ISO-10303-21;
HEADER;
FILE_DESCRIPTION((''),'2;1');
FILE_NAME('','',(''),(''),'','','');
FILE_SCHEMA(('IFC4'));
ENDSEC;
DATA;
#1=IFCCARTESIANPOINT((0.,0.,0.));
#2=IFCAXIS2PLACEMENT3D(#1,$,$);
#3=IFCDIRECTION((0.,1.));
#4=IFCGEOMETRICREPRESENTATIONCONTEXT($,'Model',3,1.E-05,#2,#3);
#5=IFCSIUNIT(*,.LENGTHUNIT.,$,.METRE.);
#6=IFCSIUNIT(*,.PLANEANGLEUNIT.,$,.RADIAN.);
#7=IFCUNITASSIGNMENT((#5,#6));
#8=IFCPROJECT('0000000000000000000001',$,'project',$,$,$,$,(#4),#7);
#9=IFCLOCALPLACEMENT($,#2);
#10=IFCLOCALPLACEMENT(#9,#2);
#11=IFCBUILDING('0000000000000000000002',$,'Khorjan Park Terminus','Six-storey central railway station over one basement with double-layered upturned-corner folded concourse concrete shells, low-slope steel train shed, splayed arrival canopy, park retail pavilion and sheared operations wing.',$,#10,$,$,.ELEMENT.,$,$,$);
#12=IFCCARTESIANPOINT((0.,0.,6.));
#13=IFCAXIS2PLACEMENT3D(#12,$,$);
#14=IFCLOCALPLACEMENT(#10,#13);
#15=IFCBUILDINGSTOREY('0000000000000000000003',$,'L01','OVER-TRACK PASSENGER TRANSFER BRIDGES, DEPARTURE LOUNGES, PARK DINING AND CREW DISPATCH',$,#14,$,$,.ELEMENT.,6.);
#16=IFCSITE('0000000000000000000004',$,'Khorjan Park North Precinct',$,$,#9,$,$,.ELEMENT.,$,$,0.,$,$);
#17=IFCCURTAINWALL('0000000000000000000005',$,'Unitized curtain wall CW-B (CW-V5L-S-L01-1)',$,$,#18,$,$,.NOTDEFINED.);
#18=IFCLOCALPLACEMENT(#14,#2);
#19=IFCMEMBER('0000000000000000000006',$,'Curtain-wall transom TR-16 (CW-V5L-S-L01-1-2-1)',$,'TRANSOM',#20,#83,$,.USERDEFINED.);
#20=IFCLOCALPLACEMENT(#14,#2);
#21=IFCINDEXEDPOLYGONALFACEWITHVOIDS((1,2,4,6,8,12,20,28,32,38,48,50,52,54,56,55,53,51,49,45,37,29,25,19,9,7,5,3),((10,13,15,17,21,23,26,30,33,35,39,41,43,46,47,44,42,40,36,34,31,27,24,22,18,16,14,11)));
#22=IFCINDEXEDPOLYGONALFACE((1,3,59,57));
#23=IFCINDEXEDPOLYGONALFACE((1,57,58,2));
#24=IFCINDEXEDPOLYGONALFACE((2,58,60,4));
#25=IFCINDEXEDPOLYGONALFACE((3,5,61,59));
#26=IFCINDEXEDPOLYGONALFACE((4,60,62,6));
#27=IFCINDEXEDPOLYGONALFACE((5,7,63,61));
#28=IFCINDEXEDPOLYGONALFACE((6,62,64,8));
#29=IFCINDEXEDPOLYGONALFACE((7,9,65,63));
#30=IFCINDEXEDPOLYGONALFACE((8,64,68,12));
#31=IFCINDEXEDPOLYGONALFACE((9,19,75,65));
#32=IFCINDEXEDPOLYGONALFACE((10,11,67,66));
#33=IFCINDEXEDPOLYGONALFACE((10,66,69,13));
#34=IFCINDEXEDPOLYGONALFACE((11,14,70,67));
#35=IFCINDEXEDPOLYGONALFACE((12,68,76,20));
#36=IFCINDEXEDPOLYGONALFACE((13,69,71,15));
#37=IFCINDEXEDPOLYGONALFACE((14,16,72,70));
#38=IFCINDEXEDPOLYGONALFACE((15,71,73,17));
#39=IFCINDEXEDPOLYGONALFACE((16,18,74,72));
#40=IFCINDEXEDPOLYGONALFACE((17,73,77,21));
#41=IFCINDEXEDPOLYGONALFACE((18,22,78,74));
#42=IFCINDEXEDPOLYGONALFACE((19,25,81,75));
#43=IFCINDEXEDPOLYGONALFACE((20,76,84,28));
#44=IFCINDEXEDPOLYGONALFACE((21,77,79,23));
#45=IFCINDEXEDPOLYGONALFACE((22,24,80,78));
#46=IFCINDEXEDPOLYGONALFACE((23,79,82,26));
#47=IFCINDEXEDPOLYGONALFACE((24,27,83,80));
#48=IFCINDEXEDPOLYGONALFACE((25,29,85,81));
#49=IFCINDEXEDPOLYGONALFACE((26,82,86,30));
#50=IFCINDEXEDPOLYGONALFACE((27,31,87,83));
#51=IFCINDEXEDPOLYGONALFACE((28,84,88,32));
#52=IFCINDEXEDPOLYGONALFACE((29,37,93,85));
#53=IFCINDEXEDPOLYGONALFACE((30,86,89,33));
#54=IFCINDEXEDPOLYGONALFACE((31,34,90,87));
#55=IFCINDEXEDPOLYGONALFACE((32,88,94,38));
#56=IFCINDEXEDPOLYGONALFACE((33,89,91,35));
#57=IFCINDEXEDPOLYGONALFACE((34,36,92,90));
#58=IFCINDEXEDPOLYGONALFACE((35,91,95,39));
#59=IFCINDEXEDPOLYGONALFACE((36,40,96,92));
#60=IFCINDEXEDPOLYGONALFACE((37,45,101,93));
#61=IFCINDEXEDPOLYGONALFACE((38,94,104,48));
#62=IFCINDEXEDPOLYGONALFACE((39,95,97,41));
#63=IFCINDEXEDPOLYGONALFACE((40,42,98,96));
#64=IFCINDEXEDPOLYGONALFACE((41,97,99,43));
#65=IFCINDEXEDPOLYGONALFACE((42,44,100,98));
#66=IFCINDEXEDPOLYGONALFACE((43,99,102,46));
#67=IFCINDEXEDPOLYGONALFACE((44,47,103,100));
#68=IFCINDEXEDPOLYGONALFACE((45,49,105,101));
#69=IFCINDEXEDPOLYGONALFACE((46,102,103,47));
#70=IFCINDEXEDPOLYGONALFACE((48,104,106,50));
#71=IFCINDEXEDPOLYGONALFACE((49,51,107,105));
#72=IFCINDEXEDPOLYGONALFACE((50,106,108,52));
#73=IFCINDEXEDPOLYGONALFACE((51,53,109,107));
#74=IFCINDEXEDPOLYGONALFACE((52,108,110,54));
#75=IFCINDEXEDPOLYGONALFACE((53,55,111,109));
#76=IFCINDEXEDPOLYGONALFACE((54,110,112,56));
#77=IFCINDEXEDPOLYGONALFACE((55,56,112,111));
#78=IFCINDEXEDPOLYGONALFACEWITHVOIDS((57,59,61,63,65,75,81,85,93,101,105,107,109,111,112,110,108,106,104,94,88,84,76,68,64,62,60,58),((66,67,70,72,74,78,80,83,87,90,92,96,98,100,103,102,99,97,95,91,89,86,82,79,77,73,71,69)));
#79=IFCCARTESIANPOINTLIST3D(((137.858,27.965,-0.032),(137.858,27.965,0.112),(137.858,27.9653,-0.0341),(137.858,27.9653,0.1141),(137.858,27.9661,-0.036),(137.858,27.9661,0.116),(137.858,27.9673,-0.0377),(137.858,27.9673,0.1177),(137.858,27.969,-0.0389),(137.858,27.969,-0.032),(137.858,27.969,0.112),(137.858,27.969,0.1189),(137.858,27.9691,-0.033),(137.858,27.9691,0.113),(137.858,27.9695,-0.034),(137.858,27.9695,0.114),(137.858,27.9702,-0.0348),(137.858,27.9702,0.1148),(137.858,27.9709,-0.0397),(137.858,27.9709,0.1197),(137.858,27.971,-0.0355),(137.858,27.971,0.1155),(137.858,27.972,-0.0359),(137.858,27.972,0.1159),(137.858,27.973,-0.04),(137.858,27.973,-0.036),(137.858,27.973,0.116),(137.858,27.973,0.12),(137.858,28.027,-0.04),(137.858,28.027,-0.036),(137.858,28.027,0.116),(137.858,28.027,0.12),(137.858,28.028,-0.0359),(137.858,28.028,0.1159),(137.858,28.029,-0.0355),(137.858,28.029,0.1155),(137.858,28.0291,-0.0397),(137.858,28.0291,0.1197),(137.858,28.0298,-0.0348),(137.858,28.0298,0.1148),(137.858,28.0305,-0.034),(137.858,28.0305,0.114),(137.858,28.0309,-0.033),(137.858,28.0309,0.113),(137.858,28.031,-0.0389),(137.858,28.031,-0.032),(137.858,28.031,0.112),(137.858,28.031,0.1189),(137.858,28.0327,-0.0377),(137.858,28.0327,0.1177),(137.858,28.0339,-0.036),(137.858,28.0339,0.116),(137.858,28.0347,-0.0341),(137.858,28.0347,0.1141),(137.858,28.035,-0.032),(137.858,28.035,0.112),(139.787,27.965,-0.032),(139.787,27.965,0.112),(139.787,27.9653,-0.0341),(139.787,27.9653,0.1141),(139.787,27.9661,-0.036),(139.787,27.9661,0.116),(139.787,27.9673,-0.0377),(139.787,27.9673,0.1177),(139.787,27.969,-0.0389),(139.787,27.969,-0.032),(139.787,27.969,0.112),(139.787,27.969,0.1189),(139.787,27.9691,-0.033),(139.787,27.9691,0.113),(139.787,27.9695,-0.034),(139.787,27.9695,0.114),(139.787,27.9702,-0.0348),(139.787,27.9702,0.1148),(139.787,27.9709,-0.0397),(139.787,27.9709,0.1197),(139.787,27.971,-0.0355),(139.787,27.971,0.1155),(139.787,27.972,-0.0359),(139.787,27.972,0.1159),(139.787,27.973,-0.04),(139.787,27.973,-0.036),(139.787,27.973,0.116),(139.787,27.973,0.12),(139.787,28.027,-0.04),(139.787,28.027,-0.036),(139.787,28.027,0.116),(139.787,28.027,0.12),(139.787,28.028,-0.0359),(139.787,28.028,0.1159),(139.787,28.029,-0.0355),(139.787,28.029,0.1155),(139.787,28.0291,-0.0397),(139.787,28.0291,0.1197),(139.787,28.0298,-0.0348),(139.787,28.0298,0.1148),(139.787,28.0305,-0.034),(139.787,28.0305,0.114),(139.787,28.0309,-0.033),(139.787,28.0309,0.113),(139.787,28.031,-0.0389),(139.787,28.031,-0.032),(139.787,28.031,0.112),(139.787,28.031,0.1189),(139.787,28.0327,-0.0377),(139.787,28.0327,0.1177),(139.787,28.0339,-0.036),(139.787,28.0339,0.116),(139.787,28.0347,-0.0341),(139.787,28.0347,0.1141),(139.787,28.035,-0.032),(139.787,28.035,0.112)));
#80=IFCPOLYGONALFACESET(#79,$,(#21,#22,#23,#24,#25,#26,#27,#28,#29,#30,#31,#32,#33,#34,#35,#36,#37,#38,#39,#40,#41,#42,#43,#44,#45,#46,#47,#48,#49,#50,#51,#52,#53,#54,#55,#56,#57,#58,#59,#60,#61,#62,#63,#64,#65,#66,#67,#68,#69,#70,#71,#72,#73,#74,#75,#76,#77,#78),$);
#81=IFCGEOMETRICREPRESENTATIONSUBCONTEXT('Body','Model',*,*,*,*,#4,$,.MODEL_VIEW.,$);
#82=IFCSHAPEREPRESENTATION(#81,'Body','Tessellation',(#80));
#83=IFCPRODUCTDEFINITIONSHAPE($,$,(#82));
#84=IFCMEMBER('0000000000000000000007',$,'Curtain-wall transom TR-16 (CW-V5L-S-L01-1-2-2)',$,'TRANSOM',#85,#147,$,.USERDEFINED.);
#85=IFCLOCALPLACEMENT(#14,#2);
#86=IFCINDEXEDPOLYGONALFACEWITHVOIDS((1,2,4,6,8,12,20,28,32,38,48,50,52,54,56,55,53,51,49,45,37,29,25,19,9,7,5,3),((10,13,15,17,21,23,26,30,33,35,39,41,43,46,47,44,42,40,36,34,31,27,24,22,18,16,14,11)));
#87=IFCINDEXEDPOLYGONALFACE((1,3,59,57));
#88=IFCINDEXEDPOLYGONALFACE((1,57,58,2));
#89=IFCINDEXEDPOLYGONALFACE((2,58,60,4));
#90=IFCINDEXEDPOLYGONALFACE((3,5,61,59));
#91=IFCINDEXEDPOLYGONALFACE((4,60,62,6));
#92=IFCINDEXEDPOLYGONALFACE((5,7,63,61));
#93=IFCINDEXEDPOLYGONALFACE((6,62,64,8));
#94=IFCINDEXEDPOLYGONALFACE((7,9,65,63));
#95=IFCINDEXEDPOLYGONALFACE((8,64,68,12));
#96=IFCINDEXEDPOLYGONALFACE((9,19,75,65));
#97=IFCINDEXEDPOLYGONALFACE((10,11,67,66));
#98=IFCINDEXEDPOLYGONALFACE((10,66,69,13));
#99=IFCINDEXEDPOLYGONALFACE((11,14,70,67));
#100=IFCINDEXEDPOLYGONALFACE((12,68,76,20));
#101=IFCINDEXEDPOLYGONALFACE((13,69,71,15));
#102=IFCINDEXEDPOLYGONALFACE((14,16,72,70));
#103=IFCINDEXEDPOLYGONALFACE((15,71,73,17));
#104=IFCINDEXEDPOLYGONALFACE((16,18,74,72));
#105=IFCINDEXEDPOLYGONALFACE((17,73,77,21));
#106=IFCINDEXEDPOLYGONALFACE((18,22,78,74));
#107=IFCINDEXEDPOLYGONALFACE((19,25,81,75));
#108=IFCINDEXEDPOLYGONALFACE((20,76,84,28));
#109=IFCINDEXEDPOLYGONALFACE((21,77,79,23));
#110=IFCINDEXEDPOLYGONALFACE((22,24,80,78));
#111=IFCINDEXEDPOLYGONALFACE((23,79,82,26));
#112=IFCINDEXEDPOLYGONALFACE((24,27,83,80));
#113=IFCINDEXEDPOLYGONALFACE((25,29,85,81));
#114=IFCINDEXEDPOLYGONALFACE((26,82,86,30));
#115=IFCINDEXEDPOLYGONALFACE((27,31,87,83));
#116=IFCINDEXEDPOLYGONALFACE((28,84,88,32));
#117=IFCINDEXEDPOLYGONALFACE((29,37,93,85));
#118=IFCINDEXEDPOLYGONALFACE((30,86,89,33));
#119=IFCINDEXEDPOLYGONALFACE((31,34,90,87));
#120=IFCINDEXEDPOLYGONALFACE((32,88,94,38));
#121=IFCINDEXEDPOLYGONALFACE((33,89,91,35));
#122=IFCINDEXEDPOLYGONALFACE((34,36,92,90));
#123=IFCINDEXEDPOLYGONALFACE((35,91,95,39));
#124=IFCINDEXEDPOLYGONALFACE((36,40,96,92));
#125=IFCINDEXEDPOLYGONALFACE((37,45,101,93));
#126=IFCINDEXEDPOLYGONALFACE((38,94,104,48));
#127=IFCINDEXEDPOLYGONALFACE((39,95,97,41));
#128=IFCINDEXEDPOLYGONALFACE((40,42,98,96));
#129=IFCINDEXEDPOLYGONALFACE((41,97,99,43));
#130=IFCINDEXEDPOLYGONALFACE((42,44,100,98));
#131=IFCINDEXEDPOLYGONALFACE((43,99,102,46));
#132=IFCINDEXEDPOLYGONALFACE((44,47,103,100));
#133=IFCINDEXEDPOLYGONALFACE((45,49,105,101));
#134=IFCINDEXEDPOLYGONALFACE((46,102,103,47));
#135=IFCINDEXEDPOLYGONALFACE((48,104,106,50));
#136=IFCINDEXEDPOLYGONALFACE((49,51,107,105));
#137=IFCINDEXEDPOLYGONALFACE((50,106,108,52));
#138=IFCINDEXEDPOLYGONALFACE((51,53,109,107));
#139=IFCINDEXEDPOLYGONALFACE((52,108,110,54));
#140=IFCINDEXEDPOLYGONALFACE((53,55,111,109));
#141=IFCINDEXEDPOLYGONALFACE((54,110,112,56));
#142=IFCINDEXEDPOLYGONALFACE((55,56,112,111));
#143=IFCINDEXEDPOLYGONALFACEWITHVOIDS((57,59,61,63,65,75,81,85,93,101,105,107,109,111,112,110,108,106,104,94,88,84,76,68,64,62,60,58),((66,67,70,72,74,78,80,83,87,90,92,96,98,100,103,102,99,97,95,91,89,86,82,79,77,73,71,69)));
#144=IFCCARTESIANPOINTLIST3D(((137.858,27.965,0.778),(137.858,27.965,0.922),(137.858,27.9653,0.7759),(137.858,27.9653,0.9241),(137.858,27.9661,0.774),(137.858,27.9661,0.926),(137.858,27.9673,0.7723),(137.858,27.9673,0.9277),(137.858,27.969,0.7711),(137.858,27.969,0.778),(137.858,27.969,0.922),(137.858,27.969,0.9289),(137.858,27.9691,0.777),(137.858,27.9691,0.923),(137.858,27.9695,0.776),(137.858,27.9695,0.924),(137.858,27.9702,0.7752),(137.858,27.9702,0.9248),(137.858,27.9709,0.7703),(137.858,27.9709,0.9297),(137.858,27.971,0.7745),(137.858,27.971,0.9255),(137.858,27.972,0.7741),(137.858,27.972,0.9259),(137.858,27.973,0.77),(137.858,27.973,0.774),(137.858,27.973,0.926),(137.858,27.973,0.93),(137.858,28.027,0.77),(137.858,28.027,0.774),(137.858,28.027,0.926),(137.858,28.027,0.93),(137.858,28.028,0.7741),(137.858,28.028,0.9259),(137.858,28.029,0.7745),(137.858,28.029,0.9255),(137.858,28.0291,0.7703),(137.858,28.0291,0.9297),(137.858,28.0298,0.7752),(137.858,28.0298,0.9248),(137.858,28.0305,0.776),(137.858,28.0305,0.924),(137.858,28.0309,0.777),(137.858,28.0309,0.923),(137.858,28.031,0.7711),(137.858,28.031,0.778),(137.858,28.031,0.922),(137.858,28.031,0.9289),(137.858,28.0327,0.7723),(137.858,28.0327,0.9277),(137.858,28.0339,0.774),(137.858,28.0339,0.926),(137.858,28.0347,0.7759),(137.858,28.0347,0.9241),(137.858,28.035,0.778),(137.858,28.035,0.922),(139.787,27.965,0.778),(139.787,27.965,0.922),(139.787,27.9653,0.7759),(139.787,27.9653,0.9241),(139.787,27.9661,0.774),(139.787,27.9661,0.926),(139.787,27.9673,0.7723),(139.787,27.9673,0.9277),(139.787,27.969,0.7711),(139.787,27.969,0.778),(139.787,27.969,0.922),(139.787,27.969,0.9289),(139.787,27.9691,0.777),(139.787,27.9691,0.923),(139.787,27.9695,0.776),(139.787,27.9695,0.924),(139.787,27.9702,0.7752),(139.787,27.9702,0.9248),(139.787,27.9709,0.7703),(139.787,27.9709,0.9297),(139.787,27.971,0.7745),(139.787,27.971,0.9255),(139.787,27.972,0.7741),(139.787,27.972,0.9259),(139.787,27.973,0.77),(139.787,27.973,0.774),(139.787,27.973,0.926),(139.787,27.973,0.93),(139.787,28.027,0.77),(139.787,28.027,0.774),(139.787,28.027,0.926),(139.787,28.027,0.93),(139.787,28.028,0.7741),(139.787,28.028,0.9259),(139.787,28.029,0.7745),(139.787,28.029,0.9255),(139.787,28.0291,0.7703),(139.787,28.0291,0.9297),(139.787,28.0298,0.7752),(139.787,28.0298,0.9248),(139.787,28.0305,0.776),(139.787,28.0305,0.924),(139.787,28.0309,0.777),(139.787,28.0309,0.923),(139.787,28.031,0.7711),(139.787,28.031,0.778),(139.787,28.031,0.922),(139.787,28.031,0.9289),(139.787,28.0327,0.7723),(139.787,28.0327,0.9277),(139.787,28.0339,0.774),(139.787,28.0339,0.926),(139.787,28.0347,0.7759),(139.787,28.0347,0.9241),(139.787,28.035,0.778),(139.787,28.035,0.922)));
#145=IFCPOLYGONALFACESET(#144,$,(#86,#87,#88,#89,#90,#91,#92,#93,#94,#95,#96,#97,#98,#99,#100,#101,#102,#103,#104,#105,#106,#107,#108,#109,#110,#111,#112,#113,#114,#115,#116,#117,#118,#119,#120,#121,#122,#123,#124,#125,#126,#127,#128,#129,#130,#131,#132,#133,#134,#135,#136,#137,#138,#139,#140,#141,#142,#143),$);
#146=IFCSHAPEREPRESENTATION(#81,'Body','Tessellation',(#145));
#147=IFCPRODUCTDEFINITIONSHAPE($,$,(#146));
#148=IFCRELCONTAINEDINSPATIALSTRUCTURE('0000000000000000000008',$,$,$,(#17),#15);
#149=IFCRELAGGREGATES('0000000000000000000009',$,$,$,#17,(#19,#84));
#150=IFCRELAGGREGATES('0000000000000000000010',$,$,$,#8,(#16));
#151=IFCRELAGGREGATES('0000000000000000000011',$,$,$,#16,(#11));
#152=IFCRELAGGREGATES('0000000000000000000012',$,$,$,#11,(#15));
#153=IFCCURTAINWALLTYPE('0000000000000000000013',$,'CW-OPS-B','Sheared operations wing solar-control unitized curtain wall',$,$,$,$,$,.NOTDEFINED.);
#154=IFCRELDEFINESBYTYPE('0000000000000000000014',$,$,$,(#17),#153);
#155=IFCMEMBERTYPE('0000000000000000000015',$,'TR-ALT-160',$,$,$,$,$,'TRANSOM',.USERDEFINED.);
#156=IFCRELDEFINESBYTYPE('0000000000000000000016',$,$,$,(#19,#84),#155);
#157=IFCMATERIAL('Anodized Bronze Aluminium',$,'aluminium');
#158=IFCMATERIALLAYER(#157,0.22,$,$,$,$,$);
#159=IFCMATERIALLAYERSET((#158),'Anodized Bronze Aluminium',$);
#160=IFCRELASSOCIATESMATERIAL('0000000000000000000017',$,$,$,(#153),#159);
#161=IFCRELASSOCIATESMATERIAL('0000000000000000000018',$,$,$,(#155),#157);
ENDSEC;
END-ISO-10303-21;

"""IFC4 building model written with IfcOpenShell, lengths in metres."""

from ifc_helpers import new_model, si_unit, direction, frame, origin, origin_2d, place, context, subcontext, project, spatial, hollow_rectangle, extrude, material, layer, layer_set, material_profile, profile_set, type_object, element, aggregate, save


model = new_model("IFC4")

# Units and contexts
model_context = context("Model", 3, precision=1e-05, world=origin(), true_north=direction((0.0, 1.0)))
body_context = subcontext(model_context, "Body", "Model", "MODEL_VIEW")
ifc_project = project(units=[si_unit("LENGTHUNIT", "METRE"), si_unit("PLANEANGLEUNIT", "RADIAN")], contexts=[model_context])

# Site, building, storey
site_placement = place(None, origin())
site = spatial("IfcSite", under=ifc_project, at=site_placement, Name="Khorjan Park North Precinct", CompositionType="ELEMENT", RefElevation=0.0)
building_placement = place(site_placement, origin())
building = spatial("IfcBuilding", under=site, at=building_placement, Name="Khorjan Park Terminus", Description="Six-storey central railway station over one basement with double-layered upturned-corner folded concourse concrete shells, low-slope steel train shed, splayed arrival canopy, park retail pavilion and sheared operations wing.", CompositionType="ELEMENT")
storey_placement = place(building_placement, frame((0.0, 0.0, 6.0)))
storey = spatial("IfcBuildingStorey", under=building, at=storey_placement, Name="L01", Description="OVER-TRACK PASSENGER TRANSFER BRIDGES, DEPARTURE LOUNGES, PARK DINING AND CREW DISPATCH", CompositionType="ELEMENT", Elevation=6.0)

# Curtain wall
ifc_material_1 = material(Name="Anodized Bronze Aluminium", Category="aluminium")
ifc_layer_1 = layer(ifc_material_1, 0.22)
ifc_layer_set_1 = layer_set([ifc_layer_1], Name="Anodized Bronze Aluminium")
curtain_wall_type = type_object("IfcCurtainWallType", Name="CW-OPS-B", Description="Sheared operations wing solar-control unitized curtain wall", PredefinedType="NOTDEFINED", material=ifc_layer_set_1)
curtain_wall_placement = place(storey_placement, origin())
curtain_wall = element("IfcCurtainWall", 1, at=curtain_wall_placement, inside=storey, type_object=curtain_wall_type, Name="Unitized curtain wall CW-B (CW-V5L-S-L01-1)", PredefinedType="NOTDEFINED")

# Members
ifc_material_profile_1 = material_profile(ifc_material_1, hollow_rectangle(XDim=0.07, YDim=0.16, WallThickness=0.004, InnerFilletRadius=0.004, OuterFilletRadius=0.008, at=origin_2d()), Name="ALT 70x160x4")
ifc_profile_set_1 = profile_set([ifc_material_profile_1], Name="Anodized Bronze Aluminium")
member_type_1 = type_object("IfcMemberType", Name="TR-ALT-160", ElementType="TRANSOM", PredefinedType="USERDEFINED", material=ifc_profile_set_1)
member_1_placement = place(storey_placement, frame((137.858, 28.0, 0.04), z_axis=(1.0, 0.0, 0.0), x_axis=(0.0, 1.0, 0.0)))
member_1 = element("IfcMember", 2, at=member_1_placement, type_object=member_type_1, Name="Curtain-wall transom TR-16 (CW-V5L-S-L01-1-2-1)", ObjectType="TRANSOM", PredefinedType="USERDEFINED", context=body_context, shape_type="SweptSolid", body=[
    extrude(hollow_rectangle(XDim=0.07, YDim=0.16, WallThickness=0.004, InnerFilletRadius=0.004, OuterFilletRadius=0.008, at=origin_2d()), origin(), (0.0, 0.0, 1.0), 1.929),
])
member_2_placement = place(storey_placement, frame((137.858, 28.0, 0.85), z_axis=(1.0, 0.0, 0.0), x_axis=(0.0, 1.0, 0.0)))
member_2 = element("IfcMember", 3, at=member_2_placement, type_object=member_type_1, Name="Curtain-wall transom TR-16 (CW-V5L-S-L01-1-2-2)", ObjectType="TRANSOM", PredefinedType="USERDEFINED", context=body_context, shape_type="SweptSolid", body=[
    extrude(hollow_rectangle(XDim=0.07, YDim=0.16, WallThickness=0.004, InnerFilletRadius=0.004, OuterFilletRadius=0.008, at=origin_2d()), origin(), (0.0, 0.0, 1.0), 1.929),
])

aggregate(curtain_wall, [member_1, member_2])

save(model, "model.ifc")
